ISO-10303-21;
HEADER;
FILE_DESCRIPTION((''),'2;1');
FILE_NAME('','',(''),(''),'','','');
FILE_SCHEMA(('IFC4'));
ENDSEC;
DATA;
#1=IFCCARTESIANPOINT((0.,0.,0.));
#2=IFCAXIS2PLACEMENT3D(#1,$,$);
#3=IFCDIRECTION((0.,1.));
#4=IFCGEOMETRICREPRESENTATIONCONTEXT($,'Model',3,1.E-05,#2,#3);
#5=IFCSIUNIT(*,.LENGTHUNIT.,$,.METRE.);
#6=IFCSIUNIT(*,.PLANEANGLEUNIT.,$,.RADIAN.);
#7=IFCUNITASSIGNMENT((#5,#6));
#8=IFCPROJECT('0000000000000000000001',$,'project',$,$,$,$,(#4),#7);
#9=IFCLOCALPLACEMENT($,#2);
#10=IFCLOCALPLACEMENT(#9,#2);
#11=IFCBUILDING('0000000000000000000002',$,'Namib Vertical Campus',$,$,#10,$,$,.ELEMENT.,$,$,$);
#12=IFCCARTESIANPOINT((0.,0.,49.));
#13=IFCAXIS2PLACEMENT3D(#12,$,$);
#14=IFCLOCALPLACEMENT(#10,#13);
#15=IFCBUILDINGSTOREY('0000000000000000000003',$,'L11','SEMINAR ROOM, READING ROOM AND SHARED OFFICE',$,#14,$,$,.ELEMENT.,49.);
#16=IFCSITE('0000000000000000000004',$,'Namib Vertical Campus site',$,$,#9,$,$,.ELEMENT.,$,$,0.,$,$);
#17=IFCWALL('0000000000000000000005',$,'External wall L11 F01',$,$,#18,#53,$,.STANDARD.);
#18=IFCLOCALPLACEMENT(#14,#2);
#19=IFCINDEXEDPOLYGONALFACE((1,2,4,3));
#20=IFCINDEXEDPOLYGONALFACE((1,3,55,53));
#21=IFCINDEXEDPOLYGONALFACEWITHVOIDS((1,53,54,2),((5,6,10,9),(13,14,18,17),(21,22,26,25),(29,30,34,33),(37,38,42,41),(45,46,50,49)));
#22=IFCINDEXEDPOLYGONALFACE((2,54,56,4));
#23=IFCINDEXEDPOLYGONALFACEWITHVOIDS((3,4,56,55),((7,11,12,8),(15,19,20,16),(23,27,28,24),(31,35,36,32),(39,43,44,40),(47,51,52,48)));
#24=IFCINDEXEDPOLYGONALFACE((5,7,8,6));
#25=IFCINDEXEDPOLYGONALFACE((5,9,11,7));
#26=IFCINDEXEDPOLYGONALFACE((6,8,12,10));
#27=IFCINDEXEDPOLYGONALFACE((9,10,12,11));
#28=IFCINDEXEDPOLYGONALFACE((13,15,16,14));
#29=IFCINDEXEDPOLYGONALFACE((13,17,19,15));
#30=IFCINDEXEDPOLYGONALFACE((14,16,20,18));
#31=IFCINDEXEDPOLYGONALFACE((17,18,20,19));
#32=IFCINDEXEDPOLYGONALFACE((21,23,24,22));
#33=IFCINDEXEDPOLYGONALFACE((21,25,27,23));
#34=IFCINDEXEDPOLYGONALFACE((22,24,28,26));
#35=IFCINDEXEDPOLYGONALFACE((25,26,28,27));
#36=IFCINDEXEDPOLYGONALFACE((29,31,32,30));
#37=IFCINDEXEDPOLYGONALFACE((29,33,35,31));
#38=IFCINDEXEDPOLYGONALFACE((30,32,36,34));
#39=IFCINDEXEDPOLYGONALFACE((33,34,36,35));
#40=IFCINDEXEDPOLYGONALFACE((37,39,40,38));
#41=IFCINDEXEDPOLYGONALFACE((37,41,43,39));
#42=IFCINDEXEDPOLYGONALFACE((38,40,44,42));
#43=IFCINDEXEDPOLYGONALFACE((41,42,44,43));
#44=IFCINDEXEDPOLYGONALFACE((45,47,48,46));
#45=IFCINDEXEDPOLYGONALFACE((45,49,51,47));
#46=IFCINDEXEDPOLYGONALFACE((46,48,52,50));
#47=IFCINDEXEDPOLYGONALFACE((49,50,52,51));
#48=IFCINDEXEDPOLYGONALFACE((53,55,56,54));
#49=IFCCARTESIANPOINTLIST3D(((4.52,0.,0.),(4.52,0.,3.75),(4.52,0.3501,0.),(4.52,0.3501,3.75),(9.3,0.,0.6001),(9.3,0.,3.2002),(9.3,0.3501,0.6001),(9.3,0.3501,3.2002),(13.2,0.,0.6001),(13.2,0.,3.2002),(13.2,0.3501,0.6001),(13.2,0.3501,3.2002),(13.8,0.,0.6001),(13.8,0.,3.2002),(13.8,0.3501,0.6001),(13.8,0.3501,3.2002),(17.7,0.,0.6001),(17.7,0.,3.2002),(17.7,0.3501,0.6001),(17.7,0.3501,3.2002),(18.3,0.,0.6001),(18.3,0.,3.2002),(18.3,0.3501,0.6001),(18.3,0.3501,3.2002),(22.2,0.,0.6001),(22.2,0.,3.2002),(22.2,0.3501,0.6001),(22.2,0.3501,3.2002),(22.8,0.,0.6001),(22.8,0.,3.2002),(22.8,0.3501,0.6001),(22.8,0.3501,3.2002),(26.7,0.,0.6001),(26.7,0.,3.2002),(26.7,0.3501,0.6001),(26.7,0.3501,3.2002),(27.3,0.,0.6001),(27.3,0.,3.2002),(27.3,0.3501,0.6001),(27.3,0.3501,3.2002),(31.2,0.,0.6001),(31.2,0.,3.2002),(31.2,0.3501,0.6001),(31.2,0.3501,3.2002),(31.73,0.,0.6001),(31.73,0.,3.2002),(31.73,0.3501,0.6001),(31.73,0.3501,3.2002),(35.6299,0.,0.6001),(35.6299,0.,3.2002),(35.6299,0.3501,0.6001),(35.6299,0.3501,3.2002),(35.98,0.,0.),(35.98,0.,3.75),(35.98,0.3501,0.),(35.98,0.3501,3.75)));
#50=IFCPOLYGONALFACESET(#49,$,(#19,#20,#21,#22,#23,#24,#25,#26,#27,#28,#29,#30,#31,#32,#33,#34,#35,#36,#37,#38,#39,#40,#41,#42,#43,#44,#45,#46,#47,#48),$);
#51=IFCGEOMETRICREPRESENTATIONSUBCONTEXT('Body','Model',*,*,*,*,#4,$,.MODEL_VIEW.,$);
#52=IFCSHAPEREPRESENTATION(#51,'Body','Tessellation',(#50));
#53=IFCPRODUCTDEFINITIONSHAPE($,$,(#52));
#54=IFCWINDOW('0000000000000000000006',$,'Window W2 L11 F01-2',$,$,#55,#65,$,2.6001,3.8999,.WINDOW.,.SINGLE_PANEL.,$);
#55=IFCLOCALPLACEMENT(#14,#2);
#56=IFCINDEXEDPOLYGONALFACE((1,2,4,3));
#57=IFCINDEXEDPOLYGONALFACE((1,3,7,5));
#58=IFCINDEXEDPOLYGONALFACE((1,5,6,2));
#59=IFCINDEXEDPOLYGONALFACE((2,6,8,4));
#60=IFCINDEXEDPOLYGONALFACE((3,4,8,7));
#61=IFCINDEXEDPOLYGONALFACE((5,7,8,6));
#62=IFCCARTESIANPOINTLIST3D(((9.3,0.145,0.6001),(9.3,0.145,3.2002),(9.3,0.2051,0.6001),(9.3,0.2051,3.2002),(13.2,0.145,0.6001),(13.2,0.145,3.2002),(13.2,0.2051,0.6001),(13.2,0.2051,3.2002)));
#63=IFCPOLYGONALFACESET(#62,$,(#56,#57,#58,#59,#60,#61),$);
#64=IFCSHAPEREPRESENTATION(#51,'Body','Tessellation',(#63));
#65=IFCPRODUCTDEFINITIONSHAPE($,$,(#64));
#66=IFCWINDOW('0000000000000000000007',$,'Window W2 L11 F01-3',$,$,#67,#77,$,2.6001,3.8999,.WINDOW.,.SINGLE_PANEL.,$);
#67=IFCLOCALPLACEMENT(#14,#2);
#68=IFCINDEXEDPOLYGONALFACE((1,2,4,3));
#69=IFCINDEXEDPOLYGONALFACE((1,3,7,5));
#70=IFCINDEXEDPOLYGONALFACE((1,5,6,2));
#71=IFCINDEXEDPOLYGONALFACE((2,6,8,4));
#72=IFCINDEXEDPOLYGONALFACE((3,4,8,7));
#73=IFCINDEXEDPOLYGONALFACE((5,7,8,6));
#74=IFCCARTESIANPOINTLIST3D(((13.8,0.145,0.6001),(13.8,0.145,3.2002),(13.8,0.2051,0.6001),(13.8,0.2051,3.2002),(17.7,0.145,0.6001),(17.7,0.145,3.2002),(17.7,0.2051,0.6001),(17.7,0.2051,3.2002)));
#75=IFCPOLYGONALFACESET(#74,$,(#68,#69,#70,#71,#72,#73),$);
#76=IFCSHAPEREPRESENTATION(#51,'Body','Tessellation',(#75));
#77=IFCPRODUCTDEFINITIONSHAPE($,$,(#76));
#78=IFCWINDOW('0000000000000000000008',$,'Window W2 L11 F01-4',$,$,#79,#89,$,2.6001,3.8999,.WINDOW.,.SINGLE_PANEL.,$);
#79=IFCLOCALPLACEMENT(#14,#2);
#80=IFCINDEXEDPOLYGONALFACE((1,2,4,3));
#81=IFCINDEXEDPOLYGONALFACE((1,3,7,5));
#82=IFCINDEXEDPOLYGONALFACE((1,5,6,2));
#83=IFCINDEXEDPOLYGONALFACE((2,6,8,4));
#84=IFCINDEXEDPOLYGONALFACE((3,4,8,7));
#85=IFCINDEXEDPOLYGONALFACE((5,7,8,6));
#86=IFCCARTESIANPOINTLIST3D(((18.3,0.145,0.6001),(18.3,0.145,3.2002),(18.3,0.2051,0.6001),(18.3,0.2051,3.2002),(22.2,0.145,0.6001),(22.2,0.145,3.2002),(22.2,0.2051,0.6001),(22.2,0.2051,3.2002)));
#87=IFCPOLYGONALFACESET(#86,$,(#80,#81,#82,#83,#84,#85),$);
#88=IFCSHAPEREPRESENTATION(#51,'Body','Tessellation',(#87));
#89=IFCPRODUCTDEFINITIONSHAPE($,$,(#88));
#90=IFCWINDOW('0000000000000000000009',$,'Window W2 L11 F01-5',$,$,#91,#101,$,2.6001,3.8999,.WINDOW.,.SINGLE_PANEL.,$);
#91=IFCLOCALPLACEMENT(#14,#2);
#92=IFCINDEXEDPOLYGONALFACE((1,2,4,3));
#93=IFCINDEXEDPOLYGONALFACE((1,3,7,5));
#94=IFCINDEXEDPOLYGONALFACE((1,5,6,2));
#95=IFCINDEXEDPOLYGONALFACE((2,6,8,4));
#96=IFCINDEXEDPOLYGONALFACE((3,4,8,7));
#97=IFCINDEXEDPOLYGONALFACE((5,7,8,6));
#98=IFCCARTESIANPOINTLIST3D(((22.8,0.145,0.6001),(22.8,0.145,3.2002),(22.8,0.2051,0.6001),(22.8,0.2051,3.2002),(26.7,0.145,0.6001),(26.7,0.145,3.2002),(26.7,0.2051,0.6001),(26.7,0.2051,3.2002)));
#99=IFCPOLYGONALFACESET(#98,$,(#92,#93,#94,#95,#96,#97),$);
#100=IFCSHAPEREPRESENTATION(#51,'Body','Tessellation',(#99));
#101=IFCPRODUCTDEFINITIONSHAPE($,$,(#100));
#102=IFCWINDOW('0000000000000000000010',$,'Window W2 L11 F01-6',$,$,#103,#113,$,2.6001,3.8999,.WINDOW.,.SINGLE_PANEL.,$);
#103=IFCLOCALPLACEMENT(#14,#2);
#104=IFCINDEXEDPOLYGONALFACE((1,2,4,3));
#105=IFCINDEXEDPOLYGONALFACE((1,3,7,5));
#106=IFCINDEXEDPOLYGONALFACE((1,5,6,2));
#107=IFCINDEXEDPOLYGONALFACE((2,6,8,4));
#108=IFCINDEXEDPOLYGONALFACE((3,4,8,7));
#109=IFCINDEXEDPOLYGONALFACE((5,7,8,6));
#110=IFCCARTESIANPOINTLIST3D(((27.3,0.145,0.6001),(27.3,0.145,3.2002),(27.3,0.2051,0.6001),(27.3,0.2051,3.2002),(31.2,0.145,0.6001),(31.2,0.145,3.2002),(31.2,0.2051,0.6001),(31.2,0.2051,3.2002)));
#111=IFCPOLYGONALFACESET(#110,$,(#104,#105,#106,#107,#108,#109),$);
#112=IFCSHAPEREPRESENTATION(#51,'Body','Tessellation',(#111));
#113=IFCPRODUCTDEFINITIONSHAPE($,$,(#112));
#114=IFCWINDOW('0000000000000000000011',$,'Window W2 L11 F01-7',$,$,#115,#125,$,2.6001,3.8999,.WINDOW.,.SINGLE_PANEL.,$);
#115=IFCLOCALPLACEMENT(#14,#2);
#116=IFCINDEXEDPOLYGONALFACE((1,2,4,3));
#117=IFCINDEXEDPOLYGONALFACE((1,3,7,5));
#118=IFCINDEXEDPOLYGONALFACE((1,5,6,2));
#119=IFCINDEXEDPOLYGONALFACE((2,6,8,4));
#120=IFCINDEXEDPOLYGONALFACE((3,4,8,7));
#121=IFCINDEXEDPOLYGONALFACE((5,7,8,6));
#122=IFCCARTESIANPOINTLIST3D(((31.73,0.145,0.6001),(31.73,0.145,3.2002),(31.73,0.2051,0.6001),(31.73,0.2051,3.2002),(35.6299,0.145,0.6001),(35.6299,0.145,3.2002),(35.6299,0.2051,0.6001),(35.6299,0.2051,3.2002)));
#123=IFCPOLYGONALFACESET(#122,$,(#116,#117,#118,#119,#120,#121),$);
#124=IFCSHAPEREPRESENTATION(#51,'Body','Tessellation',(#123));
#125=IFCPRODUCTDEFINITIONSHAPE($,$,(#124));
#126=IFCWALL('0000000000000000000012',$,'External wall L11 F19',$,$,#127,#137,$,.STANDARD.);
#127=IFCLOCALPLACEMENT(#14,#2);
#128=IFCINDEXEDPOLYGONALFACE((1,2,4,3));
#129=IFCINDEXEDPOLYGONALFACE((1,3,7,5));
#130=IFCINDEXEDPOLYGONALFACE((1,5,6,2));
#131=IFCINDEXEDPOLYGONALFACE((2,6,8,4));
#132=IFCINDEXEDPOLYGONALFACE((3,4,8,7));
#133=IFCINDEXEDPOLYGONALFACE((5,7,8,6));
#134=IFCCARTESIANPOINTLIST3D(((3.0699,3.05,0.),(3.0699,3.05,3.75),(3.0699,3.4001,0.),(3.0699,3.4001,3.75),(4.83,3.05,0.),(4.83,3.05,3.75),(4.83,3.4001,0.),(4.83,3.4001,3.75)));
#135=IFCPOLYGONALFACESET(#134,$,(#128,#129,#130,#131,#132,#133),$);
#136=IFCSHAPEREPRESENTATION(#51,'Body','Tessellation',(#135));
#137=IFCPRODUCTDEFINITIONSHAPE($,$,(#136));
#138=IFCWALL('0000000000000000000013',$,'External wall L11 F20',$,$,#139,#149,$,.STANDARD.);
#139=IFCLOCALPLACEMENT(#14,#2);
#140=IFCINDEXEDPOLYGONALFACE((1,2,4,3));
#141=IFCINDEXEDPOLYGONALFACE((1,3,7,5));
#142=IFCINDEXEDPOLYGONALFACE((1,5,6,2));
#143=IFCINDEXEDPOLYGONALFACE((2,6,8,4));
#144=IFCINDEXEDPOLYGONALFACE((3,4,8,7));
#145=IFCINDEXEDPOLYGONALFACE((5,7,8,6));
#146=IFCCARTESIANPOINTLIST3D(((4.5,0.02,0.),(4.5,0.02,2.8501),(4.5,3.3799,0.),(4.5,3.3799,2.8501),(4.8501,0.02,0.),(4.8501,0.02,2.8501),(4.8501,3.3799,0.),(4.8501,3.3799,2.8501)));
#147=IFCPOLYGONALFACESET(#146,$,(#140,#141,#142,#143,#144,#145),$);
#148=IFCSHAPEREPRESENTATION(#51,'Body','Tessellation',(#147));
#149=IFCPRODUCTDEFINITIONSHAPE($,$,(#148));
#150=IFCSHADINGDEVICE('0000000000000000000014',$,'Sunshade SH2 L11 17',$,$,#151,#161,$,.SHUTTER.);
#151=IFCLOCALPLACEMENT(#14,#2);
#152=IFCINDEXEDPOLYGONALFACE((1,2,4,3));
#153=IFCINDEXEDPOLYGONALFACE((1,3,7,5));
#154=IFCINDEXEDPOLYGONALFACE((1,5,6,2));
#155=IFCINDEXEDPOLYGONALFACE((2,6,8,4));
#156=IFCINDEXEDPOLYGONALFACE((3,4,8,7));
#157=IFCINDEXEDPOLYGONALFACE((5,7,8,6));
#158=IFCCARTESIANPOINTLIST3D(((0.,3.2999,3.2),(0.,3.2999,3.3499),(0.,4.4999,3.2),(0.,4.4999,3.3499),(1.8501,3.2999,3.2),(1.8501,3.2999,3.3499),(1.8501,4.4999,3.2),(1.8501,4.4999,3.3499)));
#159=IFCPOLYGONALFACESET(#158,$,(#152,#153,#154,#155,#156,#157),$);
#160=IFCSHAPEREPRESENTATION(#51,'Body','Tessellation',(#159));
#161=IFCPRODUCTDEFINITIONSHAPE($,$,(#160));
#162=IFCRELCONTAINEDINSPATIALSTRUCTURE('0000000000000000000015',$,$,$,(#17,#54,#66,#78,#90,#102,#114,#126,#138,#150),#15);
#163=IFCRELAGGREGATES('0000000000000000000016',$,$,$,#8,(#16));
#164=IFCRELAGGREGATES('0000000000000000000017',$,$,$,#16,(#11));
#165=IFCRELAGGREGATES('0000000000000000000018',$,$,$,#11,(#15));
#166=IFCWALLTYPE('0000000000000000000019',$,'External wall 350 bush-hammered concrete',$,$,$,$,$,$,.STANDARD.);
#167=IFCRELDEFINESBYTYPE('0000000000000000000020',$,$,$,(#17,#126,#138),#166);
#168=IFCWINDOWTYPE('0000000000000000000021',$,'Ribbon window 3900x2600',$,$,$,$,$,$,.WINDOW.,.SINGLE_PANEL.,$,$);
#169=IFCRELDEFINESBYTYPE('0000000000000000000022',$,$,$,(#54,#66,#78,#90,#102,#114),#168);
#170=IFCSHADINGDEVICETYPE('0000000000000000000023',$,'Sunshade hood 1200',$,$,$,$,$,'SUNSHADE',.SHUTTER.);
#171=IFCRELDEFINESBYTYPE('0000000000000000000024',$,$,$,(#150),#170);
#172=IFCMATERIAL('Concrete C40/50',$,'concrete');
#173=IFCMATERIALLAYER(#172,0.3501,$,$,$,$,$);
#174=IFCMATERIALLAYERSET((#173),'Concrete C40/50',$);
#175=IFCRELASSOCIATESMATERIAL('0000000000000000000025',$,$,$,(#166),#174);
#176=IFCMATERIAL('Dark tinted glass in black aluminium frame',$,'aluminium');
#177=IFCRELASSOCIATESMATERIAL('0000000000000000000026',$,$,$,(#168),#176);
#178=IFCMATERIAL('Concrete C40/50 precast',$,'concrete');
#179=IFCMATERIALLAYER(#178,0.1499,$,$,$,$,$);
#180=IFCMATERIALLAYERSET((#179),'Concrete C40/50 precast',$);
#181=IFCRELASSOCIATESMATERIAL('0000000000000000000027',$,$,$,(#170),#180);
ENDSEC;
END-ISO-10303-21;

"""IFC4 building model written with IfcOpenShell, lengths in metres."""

from ifc_helpers import new_model, si_unit, direction, frame, frame_2d, origin, origin_2d, place, context, subcontext, project, spatial, rectangle, extrude, material, layer, layer_set, type_object, element, fill, save


model = new_model("IFC4")

# Units and contexts
model_context = context("Model", 3, precision=1e-05, world=origin(), true_north=direction((0.0, 1.0)))
body_context = subcontext(model_context, "Body", "Model", "MODEL_VIEW")
ifc_project = project(units=[si_unit("LENGTHUNIT", "METRE"), si_unit("PLANEANGLEUNIT", "RADIAN")], contexts=[model_context])

# Site, building, storey
site_placement = place(None, origin())
site = spatial("IfcSite", under=ifc_project, at=site_placement, Name="Namib Vertical Campus site", CompositionType="ELEMENT", RefElevation=0.0)
building_placement = place(site_placement, origin())
building = spatial("IfcBuilding", under=site, at=building_placement, Name="Namib Vertical Campus", CompositionType="ELEMENT")
storey_placement = place(building_placement, frame((0.0, 0.0, 49.0)))
storey = spatial("IfcBuildingStorey", under=building, at=storey_placement, Name="L11", Description="SEMINAR ROOM, READING ROOM AND SHARED OFFICE", CompositionType="ELEMENT", Elevation=49.0)

# Wall, openings, windows
ifc_material_1 = material(Name="Concrete C40/50", Category="concrete")
ifc_layer_1 = layer(ifc_material_1, 0.3501)
ifc_layer_set_1 = layer_set([ifc_layer_1], Name="Concrete C40/50")
wall_type = type_object("IfcWallType", Name="External wall 350 bush-hammered concrete", PredefinedType="STANDARD", material=ifc_layer_set_1)
wall_1_placement = place(storey_placement, frame((4.52, 0.175, 0.0), z_axis=(0.0, 0.0, 1.0), x_axis=(1.0, 0.0, 0.0)))
wall_1 = element("IfcWall", 1, at=wall_1_placement, inside=storey, type_object=wall_type, Name="External wall L11 F01", PredefinedType="STANDARD", context=body_context, shape_type="SweptSolid", body=[
    extrude(rectangle(XDim=31.46, YDim=0.3501, at=frame_2d((15.73, 0.0))), origin(), (0.0, 0.0, 1.0), 3.75),
])
opening_1_placement = place(wall_1_placement, frame((4.78, 0.0, 0.6001)))
opening_1 = element("IfcOpeningElement", 2, at=opening_1_placement, cuts=wall_1, PredefinedType="OPENING", context=body_context, shape_type="SweptSolid", body=[
    extrude(rectangle(XDim=3.8999, YDim=2.6001, at=frame_2d((1.95, 1.3))), frame((0.0, 0.1851, 0.0), z_axis=(0.0, -1.0, 0.0), x_axis=(1.0, 0.0, 0.0)), (0.0, 0.0, 1.0), 0.3701),
])
opening_2_placement = place(wall_1_placement, frame((9.28, 0.0, 0.6001)))
opening_2 = element("IfcOpeningElement", 3, at=opening_2_placement, cuts=wall_1, PredefinedType="OPENING", context=body_context, shape_type="SweptSolid", body=[
    extrude(rectangle(XDim=3.8999, YDim=2.6001, at=frame_2d((1.95, 1.3))), frame((0.0, 0.1851, 0.0), z_axis=(0.0, -1.0, 0.0), x_axis=(1.0, 0.0, 0.0)), (0.0, 0.0, 1.0), 0.3701),
])
opening_3_placement = place(wall_1_placement, frame((13.78, 0.0, 0.6001)))
opening_3 = element("IfcOpeningElement", 4, at=opening_3_placement, cuts=wall_1, PredefinedType="OPENING", context=body_context, shape_type="SweptSolid", body=[
    extrude(rectangle(XDim=3.8999, YDim=2.6001, at=frame_2d((1.95, 1.3))), frame((0.0, 0.1851, 0.0), z_axis=(0.0, -1.0, 0.0), x_axis=(1.0, 0.0, 0.0)), (0.0, 0.0, 1.0), 0.3701),
])
opening_4_placement = place(wall_1_placement, frame((18.28, 0.0, 0.6001)))
opening_4 = element("IfcOpeningElement", 5, at=opening_4_placement, cuts=wall_1, PredefinedType="OPENING", context=body_context, shape_type="SweptSolid", body=[
    extrude(rectangle(XDim=3.8999, YDim=2.6001, at=frame_2d((1.95, 1.3))), frame((0.0, 0.1851, 0.0), z_axis=(0.0, -1.0, 0.0), x_axis=(1.0, 0.0, 0.0)), (0.0, 0.0, 1.0), 0.3701),
])
opening_5_placement = place(wall_1_placement, frame((22.78, 0.0, 0.6001)))
opening_5 = element("IfcOpeningElement", 6, at=opening_5_placement, cuts=wall_1, PredefinedType="OPENING", context=body_context, shape_type="SweptSolid", body=[
    extrude(rectangle(XDim=3.8999, YDim=2.6001, at=frame_2d((1.95, 1.3))), frame((0.0, 0.1851, 0.0), z_axis=(0.0, -1.0, 0.0), x_axis=(1.0, 0.0, 0.0)), (0.0, 0.0, 1.0), 0.3701),
])
opening_6_placement = place(wall_1_placement, frame((27.21, 0.0, 0.6001)))
opening_6 = element("IfcOpeningElement", 7, at=opening_6_placement, cuts=wall_1, PredefinedType="OPENING", context=body_context, shape_type="SweptSolid", body=[
    extrude(rectangle(XDim=3.8999, YDim=2.6001, at=frame_2d((1.95, 1.3))), frame((0.0, 0.1851, 0.0), z_axis=(0.0, -1.0, 0.0), x_axis=(1.0, 0.0, 0.0)), (0.0, 0.0, 1.0), 0.3701),
])
ifc_material_2 = material(Name="Dark tinted glass in black aluminium frame", Category="aluminium")
window_type = type_object("IfcWindowType", Name="Ribbon window 3900x2600", PartitioningType="SINGLE_PANEL", PredefinedType="WINDOW", material=ifc_material_2)
window_1_placement = place(opening_1_placement, origin())
window_1 = element("IfcWindow", 8, at=window_1_placement, inside=storey, type_object=window_type, Name="Window W2 L11 F01-2", OverallHeight=2.6001, OverallWidth=3.8999, PartitioningType="SINGLE_PANEL", PredefinedType="WINDOW", context=body_context, shape_type="SweptSolid", body=[
    extrude(rectangle(XDim=3.8999, YDim=2.6001, at=frame_2d((1.95, 1.3))), frame((0.0, 0.03, 0.0), z_axis=(0.0, -1.0, 0.0), x_axis=(1.0, 0.0, 0.0)), (0.0, 0.0, 1.0), 0.0601),
])
fill(opening_1, window_1)
window_2_placement = place(opening_2_placement, origin())
window_2 = element("IfcWindow", 9, at=window_2_placement, inside=storey, type_object=window_type, Name="Window W2 L11 F01-3", OverallHeight=2.6001, OverallWidth=3.8999, PartitioningType="SINGLE_PANEL", PredefinedType="WINDOW", context=body_context, shape_type="SweptSolid", body=[
    extrude(rectangle(XDim=3.8999, YDim=2.6001, at=frame_2d((1.95, 1.3))), frame((0.0, 0.03, 0.0), z_axis=(0.0, -1.0, 0.0), x_axis=(1.0, 0.0, 0.0)), (0.0, 0.0, 1.0), 0.0601),
])
fill(opening_2, window_2)
window_3_placement = place(opening_3_placement, origin())
window_3 = element("IfcWindow", 10, at=window_3_placement, inside=storey, type_object=window_type, Name="Window W2 L11 F01-4", OverallHeight=2.6001, OverallWidth=3.8999, PartitioningType="SINGLE_PANEL", PredefinedType="WINDOW", context=body_context, shape_type="SweptSolid", body=[
    extrude(rectangle(XDim=3.8999, YDim=2.6001, at=frame_2d((1.95, 1.3))), frame((0.0, 0.03, 0.0), z_axis=(0.0, -1.0, 0.0), x_axis=(1.0, 0.0, 0.0)), (0.0, 0.0, 1.0), 0.0601),
])
fill(opening_3, window_3)
window_4_placement = place(opening_4_placement, origin())
window_4 = element("IfcWindow", 11, at=window_4_placement, inside=storey, type_object=window_type, Name="Window W2 L11 F01-5", OverallHeight=2.6001, OverallWidth=3.8999, PartitioningType="SINGLE_PANEL", PredefinedType="WINDOW", context=body_context, shape_type="SweptSolid", body=[
    extrude(rectangle(XDim=3.8999, YDim=2.6001, at=frame_2d((1.95, 1.3))), frame((0.0, 0.03, 0.0), z_axis=(0.0, -1.0, 0.0), x_axis=(1.0, 0.0, 0.0)), (0.0, 0.0, 1.0), 0.0601),
])
fill(opening_4, window_4)
window_5_placement = place(opening_5_placement, origin())
window_5 = element("IfcWindow", 12, at=window_5_placement, inside=storey, type_object=window_type, Name="Window W2 L11 F01-6", OverallHeight=2.6001, OverallWidth=3.8999, PartitioningType="SINGLE_PANEL", PredefinedType="WINDOW", context=body_context, shape_type="SweptSolid", body=[
    extrude(rectangle(XDim=3.8999, YDim=2.6001, at=frame_2d((1.95, 1.3))), frame((0.0, 0.03, 0.0), z_axis=(0.0, -1.0, 0.0), x_axis=(1.0, 0.0, 0.0)), (0.0, 0.0, 1.0), 0.0601),
])
fill(opening_5, window_5)
window_6_placement = place(opening_6_placement, origin())
window_6 = element("IfcWindow", 13, at=window_6_placement, inside=storey, type_object=window_type, Name="Window W2 L11 F01-7", OverallHeight=2.6001, OverallWidth=3.8999, PartitioningType="SINGLE_PANEL", PredefinedType="WINDOW", context=body_context, shape_type="SweptSolid", body=[
    extrude(rectangle(XDim=3.8999, YDim=2.6001, at=frame_2d((1.95, 1.3))), frame((0.0, 0.03, 0.0), z_axis=(0.0, -1.0, 0.0), x_axis=(1.0, 0.0, 0.0)), (0.0, 0.0, 1.0), 0.0601),
])
fill(opening_6, window_6)

# Walls
wall_2_placement = place(storey_placement, frame((3.0701, 3.2251, 0.0), z_axis=(0.0, 0.0, 1.0), x_axis=(1.0, 0.0, 0.0)))
element("IfcWall", 14, at=wall_2_placement, inside=storey, type_object=wall_type, Name="External wall L11 F19", PredefinedType="STANDARD", context=body_context, shape_type="SweptSolid", body=[
    extrude(rectangle(XDim=1.76, YDim=0.3501, at=frame_2d((0.8799, 0.0))), origin(), (0.0, 0.0, 1.0), 3.75),
])
wall_3_placement = place(storey_placement, frame((4.675, 3.3799, 0.0), z_axis=(0.0, 0.0, 1.0), x_axis=(0.0, -1.0, 0.0)))
element("IfcWall", 15, at=wall_3_placement, inside=storey, type_object=wall_type, Name="External wall L11 F20", PredefinedType="STANDARD", context=body_context, shape_type="SweptSolid", body=[
    extrude(rectangle(XDim=3.3599, YDim=0.3501, at=frame_2d((1.6799, 0.0))), origin(), (0.0, 0.0, 1.0), 2.8501),
])

# Shading device
ifc_material_3 = material(Name="Concrete C40/50 precast", Category="concrete")
ifc_layer_2 = layer(ifc_material_3, 0.1499)
ifc_layer_set_2 = layer_set([ifc_layer_2], Name="Concrete C40/50 precast")
shading_device_type = type_object("IfcShadingDeviceType", Name="Sunshade hood 1200", ElementType="SUNSHADE", PredefinedType="SHUTTER", material=ifc_layer_set_2)
for number, where, z_axis, x_axis, name in (
    (16, (0.925, 3.8999, 3.2), (0.0, 0.0, 1.0), (1.0, 0.0, 0.0), "Sunshade SH2 L11 17"),
):
    element("IfcShadingDevice", number, at=place(storey_placement, frame(where, z_axis=z_axis, x_axis=x_axis)), inside=storey, type_object=shading_device_type, Name=name, PredefinedType="SHUTTER", context=body_context, shape_type="SweptSolid", body=[
        extrude(rectangle(XDim=1.8501, YDim=1.2, at=origin_2d()), origin(), (0.0, 0.0, 1.0), 0.1499),
    ])

save(model, "model.ifc")
